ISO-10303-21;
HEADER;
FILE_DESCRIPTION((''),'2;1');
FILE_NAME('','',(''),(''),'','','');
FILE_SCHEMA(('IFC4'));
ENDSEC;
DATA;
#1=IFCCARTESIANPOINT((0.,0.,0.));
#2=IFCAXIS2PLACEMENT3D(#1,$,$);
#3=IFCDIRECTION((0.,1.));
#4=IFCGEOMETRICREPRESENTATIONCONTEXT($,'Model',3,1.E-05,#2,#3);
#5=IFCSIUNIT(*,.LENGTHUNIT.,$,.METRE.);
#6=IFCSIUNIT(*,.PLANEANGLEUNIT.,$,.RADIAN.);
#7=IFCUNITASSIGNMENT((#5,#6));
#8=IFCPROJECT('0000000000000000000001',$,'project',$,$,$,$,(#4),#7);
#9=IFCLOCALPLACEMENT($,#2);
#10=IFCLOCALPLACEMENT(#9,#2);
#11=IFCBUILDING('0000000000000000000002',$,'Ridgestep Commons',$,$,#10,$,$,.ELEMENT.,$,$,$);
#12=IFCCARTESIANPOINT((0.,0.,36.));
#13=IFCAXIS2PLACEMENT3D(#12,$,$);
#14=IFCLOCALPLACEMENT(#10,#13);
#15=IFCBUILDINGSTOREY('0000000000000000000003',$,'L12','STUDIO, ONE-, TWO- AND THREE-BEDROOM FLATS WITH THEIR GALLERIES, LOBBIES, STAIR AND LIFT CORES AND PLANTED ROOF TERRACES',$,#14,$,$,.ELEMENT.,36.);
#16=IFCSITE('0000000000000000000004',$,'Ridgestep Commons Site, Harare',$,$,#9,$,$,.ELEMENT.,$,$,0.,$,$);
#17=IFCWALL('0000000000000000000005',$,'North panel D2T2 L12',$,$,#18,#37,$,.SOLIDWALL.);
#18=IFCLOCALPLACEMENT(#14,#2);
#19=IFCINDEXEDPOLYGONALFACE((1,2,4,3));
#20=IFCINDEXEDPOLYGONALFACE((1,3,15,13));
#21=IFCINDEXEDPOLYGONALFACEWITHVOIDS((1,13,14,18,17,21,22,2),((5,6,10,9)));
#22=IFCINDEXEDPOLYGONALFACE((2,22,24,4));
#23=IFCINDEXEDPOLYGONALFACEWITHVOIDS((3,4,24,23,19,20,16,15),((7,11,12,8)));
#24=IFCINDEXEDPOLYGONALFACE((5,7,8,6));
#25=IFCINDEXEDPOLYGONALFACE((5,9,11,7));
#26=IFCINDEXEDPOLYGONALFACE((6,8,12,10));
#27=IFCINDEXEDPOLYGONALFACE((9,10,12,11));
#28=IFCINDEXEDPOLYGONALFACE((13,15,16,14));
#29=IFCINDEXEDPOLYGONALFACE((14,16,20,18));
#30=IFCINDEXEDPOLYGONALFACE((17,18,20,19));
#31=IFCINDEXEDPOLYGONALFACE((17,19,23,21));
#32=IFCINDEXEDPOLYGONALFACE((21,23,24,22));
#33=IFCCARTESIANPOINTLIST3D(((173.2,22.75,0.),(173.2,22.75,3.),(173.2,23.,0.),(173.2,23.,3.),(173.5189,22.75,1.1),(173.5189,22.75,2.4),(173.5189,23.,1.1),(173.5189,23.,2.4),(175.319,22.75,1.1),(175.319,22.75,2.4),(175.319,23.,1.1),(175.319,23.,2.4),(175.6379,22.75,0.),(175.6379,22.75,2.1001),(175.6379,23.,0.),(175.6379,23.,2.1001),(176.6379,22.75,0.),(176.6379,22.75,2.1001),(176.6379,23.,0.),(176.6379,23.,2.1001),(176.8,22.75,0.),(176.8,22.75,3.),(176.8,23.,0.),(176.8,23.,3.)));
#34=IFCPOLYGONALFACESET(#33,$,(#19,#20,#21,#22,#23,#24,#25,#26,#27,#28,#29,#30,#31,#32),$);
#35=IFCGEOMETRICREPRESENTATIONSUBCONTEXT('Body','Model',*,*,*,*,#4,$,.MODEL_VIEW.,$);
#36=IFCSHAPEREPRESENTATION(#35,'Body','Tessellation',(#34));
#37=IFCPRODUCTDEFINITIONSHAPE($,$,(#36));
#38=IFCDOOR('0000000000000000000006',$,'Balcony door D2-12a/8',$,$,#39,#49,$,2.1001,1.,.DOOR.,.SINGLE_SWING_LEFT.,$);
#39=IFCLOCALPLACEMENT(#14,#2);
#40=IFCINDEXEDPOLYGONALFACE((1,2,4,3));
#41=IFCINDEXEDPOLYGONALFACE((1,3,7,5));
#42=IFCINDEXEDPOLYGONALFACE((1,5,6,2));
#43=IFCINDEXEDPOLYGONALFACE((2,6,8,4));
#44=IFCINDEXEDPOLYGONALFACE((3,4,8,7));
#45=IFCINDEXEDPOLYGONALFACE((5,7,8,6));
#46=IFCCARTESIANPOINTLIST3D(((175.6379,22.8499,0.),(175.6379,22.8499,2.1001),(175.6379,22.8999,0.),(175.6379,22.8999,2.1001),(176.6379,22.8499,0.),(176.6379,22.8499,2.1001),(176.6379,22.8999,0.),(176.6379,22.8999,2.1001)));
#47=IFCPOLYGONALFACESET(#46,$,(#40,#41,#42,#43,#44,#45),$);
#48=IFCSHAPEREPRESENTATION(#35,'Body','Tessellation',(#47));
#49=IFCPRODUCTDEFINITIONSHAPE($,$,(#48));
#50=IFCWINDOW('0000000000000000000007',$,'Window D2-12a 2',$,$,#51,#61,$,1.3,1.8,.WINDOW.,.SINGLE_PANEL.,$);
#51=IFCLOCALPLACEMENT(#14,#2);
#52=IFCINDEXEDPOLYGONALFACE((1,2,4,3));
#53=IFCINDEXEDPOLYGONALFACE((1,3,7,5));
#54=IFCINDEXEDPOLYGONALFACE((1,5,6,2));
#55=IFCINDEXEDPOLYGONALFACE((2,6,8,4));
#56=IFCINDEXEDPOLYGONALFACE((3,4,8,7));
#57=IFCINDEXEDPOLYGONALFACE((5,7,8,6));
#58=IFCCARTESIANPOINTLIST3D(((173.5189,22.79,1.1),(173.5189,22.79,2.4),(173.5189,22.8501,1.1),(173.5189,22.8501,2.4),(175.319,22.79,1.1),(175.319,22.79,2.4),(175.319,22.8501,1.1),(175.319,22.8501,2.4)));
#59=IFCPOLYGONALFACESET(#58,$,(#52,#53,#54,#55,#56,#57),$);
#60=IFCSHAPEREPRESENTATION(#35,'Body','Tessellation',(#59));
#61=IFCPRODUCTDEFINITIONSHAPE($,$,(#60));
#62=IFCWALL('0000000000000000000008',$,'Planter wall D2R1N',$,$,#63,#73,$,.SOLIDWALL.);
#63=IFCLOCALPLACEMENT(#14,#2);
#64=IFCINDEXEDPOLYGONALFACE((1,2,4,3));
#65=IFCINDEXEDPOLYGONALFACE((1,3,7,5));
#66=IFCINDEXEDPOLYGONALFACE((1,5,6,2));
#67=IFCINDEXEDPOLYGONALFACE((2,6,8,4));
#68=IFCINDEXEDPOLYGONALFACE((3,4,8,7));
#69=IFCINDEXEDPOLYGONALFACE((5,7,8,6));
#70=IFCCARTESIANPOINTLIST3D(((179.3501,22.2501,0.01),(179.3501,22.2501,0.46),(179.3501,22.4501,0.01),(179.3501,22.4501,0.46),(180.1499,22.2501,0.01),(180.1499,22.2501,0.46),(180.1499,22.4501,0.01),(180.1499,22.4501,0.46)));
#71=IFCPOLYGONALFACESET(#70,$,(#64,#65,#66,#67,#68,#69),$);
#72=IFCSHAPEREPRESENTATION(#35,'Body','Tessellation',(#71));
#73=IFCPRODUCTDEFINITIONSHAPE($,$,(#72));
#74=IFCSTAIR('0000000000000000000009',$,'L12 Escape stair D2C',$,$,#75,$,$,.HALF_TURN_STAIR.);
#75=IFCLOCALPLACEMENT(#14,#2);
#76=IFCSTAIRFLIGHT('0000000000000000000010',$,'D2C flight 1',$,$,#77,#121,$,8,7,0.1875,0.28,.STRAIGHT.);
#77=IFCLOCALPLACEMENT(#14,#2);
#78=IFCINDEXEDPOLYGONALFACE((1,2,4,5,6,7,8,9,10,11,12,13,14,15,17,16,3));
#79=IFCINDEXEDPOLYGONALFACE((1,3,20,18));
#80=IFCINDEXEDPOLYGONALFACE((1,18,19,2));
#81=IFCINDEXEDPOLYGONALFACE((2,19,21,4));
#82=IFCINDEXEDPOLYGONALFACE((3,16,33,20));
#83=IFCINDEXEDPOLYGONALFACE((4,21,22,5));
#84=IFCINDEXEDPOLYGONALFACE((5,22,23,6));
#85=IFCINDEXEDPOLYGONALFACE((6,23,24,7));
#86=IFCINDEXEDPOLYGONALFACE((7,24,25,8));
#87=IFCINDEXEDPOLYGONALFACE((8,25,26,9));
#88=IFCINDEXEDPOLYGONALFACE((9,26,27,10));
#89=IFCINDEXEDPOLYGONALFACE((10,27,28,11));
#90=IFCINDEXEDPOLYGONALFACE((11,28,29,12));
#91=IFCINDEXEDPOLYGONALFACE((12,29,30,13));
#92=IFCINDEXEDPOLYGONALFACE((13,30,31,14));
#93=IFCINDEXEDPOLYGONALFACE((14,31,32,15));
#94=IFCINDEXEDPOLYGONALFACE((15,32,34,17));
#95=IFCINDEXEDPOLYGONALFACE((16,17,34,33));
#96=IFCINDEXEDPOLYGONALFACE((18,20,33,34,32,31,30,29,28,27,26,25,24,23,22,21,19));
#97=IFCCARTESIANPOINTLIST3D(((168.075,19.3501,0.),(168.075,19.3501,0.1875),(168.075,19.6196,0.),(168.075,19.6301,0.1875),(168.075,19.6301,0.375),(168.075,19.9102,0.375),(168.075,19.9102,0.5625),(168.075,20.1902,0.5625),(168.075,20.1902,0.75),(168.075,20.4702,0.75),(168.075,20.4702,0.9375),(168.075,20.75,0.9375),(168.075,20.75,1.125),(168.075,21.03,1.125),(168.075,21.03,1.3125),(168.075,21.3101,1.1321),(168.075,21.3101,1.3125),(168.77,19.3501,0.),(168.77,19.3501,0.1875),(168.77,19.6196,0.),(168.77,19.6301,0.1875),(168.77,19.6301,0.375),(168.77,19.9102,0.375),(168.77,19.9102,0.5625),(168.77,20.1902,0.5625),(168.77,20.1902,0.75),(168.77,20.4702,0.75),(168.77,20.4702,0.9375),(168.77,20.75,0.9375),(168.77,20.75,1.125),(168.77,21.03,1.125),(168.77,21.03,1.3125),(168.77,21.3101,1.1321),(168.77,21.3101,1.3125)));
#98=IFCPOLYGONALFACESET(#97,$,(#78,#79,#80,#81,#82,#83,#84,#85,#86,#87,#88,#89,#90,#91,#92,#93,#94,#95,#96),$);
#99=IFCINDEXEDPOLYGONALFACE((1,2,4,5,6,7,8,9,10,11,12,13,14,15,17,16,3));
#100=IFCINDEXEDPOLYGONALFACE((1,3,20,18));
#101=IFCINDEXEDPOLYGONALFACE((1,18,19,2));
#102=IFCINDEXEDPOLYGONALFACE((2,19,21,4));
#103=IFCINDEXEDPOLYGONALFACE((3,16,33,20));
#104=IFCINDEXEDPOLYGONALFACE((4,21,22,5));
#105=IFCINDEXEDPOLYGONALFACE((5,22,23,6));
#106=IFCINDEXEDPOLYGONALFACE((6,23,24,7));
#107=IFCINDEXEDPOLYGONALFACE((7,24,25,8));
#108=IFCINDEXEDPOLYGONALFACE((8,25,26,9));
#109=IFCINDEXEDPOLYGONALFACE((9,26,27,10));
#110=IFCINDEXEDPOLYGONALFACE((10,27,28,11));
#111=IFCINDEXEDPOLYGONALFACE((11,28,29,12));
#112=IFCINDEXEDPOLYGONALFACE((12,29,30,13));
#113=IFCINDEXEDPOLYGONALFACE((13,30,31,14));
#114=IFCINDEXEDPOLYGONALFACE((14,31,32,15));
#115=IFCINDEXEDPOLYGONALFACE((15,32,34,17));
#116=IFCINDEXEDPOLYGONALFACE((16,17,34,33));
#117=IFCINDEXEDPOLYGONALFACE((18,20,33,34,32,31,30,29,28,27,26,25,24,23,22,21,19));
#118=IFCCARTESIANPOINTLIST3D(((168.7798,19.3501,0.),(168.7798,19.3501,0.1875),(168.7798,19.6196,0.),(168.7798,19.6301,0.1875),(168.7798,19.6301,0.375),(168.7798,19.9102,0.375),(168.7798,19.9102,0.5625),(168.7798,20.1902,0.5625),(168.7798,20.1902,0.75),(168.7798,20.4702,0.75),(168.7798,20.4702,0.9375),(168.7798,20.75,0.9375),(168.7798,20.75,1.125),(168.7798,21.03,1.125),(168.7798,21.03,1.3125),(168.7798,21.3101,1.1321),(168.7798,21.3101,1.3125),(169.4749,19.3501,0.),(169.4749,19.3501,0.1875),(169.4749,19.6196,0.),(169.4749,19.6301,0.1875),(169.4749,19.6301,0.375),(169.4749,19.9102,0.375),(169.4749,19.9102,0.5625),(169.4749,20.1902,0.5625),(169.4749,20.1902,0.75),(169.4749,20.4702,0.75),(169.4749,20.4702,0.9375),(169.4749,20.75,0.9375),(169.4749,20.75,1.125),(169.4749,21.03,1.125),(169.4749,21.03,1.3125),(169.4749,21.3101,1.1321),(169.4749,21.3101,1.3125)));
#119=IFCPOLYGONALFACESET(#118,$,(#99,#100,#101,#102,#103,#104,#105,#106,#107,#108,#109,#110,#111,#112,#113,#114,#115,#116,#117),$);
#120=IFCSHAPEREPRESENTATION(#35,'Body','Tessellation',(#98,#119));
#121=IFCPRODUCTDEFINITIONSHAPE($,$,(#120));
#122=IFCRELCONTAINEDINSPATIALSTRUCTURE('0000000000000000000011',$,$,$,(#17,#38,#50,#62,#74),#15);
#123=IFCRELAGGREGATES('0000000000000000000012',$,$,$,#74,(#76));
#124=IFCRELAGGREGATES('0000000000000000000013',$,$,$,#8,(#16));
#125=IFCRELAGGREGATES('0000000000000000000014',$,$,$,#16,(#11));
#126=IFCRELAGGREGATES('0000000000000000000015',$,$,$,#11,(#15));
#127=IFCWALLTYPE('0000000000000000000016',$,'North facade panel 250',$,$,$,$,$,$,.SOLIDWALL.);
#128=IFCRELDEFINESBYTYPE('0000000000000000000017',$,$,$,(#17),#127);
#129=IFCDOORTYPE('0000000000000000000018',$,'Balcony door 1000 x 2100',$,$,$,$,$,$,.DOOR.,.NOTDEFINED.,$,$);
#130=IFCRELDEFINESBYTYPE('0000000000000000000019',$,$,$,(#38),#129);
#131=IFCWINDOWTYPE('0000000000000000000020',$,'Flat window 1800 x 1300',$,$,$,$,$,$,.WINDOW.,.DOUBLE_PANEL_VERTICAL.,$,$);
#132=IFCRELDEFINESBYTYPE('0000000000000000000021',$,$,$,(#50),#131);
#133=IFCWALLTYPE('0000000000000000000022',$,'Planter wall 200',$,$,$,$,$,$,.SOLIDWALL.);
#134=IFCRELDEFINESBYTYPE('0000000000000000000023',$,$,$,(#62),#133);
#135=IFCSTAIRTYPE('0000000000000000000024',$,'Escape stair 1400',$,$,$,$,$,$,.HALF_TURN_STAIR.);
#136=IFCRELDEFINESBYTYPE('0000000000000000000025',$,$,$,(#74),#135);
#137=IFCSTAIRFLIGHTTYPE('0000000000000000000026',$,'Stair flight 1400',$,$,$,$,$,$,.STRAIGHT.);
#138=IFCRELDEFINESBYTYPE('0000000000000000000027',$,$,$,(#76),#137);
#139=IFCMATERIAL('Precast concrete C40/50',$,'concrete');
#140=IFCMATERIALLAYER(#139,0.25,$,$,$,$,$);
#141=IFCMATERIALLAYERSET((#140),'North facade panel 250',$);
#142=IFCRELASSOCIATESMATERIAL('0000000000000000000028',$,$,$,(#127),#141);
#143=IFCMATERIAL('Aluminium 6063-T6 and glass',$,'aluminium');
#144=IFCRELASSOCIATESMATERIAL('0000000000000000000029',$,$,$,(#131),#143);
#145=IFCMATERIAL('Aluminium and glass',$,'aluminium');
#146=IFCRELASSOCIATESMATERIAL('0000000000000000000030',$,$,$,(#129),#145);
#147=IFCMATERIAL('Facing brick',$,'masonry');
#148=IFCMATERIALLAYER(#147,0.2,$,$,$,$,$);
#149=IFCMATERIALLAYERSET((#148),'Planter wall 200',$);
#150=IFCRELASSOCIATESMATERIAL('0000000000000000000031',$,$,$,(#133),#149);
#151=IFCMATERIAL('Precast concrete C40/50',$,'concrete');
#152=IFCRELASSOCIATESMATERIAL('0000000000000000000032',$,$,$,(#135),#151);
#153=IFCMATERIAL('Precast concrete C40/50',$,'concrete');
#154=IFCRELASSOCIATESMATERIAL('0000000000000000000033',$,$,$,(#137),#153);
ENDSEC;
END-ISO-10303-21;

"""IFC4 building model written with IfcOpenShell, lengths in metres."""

from ifc_helpers import new_model, si_unit, direction, frame, frame_2d, origin, place, context, subcontext, project, spatial, polyline, rectangle, outline, extrude, material, layer, layer_set, type_object, element, fill, aggregate, save


model = new_model("IFC4")

# Units and contexts
model_context = context("Model", 3, precision=1e-05, world=origin(), true_north=direction((0.0, 1.0)))
body_context = subcontext(model_context, "Body", "Model", "MODEL_VIEW")
ifc_project = project(units=[si_unit("LENGTHUNIT", "METRE"), si_unit("PLANEANGLEUNIT", "RADIAN")], contexts=[model_context])

# Site, building, storey
site_placement = place(None, origin())
site = spatial("IfcSite", under=ifc_project, at=site_placement, Name="Ridgestep Commons Site, Harare", CompositionType="ELEMENT", RefElevation=0.0)
building_placement = place(site_placement, origin())
building = spatial("IfcBuilding", under=site, at=building_placement, Name="Ridgestep Commons", CompositionType="ELEMENT")
storey_placement = place(building_placement, frame((0.0, 0.0, 36.0)))
storey = spatial("IfcBuildingStorey", under=building, at=storey_placement, Name="L12", Description="STUDIO, ONE-, TWO- AND THREE-BEDROOM FLATS WITH THEIR GALLERIES, LOBBIES, STAIR AND LIFT CORES AND PLANTED ROOF TERRACES", CompositionType="ELEMENT", Elevation=36.0)

# Shared definitions
ifc_material_1 = material(Name="Precast concrete C40/50", Category="concrete")
ifc_layer_1 = layer(ifc_material_1, 0.25)
ifc_layer_set_1 = layer_set([ifc_layer_1], Name="North facade panel 250")
wall_type_1 = type_object("IfcWallType", Name="North facade panel 250", PredefinedType="SOLIDWALL", material=ifc_layer_set_1)

# Shared definitions
ifc_material_2 = material(Name="Aluminium 6063-T6 and glass", Category="aluminium")
window_type = type_object("IfcWindowType", Name="Flat window 1800 x 1300", PartitioningType="DOUBLE_PANEL_VERTICAL", PredefinedType="WINDOW", material=ifc_material_2)

# Wall, openings, door, window
wall_1_placement = place(storey_placement, frame((173.2, 22.875, 0.0), z_axis=(0.0, 0.0, 1.0), x_axis=(1.0, 0.0, 0.0)))
wall_1 = element("IfcWall", 1, at=wall_1_placement, inside=storey, type_object=wall_type_1, Name="North panel D2T2 L12", PredefinedType="SOLIDWALL", context=body_context, shape_type="SweptSolid", body=[
    extrude(rectangle(XDim=3.6001, YDim=0.25, at=frame_2d((1.8, 0.0))), origin(), (0.0, 0.0, 1.0), 3.0),
])
opening_1_placement = place(wall_1_placement, frame((0.3191, 0.0, 1.1001)))
opening_1 = element("IfcOpeningElement", 2, at=opening_1_placement, cuts=wall_1, PredefinedType="OPENING", context=body_context, shape_type="SweptSolid", body=[
    extrude(rectangle(XDim=1.8, YDim=1.3, at=frame_2d((0.8999, 0.6499))), frame((0.0, 0.135, 0.0), z_axis=(0.0, -1.0, 0.0), x_axis=(1.0, 0.0, 0.0)), (0.0, 0.0, 1.0), 0.27),
])
opening_2_placement = place(wall_1_placement, frame((2.438, 0.0, 0.0)))
opening_2 = element("IfcOpeningElement", 3, at=opening_2_placement, cuts=wall_1, PredefinedType="OPENING", context=body_context, shape_type="SweptSolid", body=[
    extrude(rectangle(XDim=1.0, YDim=2.1001, at=frame_2d((0.5, 1.05))), frame((0.0, 0.135, 0.0), z_axis=(0.0, -1.0, 0.0), x_axis=(1.0, 0.0, 0.0)), (0.0, 0.0, 1.0), 0.27),
])
ifc_material_3 = material(Name="Aluminium and glass", Category="aluminium")
door_type_1 = type_object("IfcDoorType", Name="Balcony door 1000 x 2100", OperationType="NOTDEFINED", PredefinedType="DOOR", material=ifc_material_3)
door_1_placement = place(opening_2_placement, origin())
door_1 = element("IfcDoor", 4, at=door_1_placement, inside=storey, type_object=door_type_1, Name="Balcony door D2-12a/8", OperationType="SINGLE_SWING_LEFT", OverallHeight=2.1001, OverallWidth=1.0, PredefinedType="DOOR", context=body_context, shape_type="SweptSolid", body=[
    extrude(rectangle(XDim=1.0, YDim=2.1001, at=frame_2d((0.5, 1.05))), frame((0.0, 0.0249, 0.0), z_axis=(0.0, -1.0, 0.0), x_axis=(1.0, 0.0, 0.0)), (0.0, 0.0, 1.0), 0.05),
])
fill(opening_2, door_1)
window_1_placement = place(opening_1_placement, origin())
window_1 = element("IfcWindow", 5, at=window_1_placement, inside=storey, type_object=window_type, Name="Window D2-12a 2", OverallHeight=1.3, OverallWidth=1.8, PartitioningType="SINGLE_PANEL", PredefinedType="WINDOW", context=body_context, shape_type="SweptSolid", body=[
    extrude(rectangle(XDim=1.8, YDim=1.3, at=frame_2d((0.8999, 0.6499))), frame((0.0, -0.0249, 0.0), z_axis=(0.0, -1.0, 0.0), x_axis=(1.0, 0.0, 0.0)), (0.0, 0.0, 1.0), 0.0601),
])
fill(opening_1, window_1)

# Wall
ifc_material_4 = material(Name="Facing brick", Category="masonry")
ifc_layer_2 = layer(ifc_material_4, 0.2)
ifc_layer_set_2 = layer_set([ifc_layer_2], Name="Planter wall 200")
wall_type_2 = type_object("IfcWallType", Name="Planter wall 200", PredefinedType="SOLIDWALL", material=ifc_layer_set_2)
wall_2_placement = place(storey_placement, frame((179.3501, 22.3501, 0.01), z_axis=(0.0, 0.0, 1.0), x_axis=(1.0, 0.0, 0.0)))
element("IfcWall", 6, at=wall_2_placement, inside=storey, type_object=wall_type_2, Name="Planter wall D2R1N", PredefinedType="SOLIDWALL", context=body_context, shape_type="SweptSolid", body=[
    extrude(rectangle(XDim=0.7998, YDim=0.2, at=frame_2d((0.3999, 0.0))), origin(), (0.0, 0.0, 1.0), 0.45),
])

# Stair, stair flight
ifc_material_5 = material(Name="Precast concrete C40/50", Category="concrete")
stair_type = type_object("IfcStairType", Name="Escape stair 1400", PredefinedType="HALF_TURN_STAIR", material=ifc_material_5)
stair_placement = place(storey_placement, origin())
stair = element("IfcStair", 7, at=stair_placement, inside=storey, type_object=stair_type, Name="L12 Escape stair D2C", PredefinedType="HALF_TURN_STAIR")
ifc_material_6 = material(Name="Precast concrete C40/50", Category="concrete")
stair_flight_type = type_object("IfcStairFlightType", Name="Stair flight 1400", PredefinedType="STRAIGHT", material=ifc_material_6)
stair_flight_placement = place(storey_placement, frame((168.7749, 19.3501, 0.0), z_axis=(0.0, 0.0, 1.0), x_axis=(0.0, 1.0, 0.0)))
stair_flight = element("IfcStairFlight", 8, at=stair_flight_placement, type_object=stair_flight_type, Name="D2C flight 1", NumberOfRisers=8, NumberOfTreads=7, PredefinedType="STRAIGHT", RiserHeight=0.1875, TreadLength=0.28, context=body_context, shape_type="SweptSolid", body=[
    extrude(outline(polyline([(0.0, 0.0), (0.0, 0.1875), (0.28, 0.1875), (0.28, 0.375), (0.5601, 0.375), (0.5601, 0.5625), (0.8401, 0.5625), (0.8401, 0.75), (1.1201, 0.75), (1.1201, 0.9375), (1.3999, 0.9375), (1.3999, 1.125), (1.6799, 1.125), (1.6799, 1.3125), (1.96, 1.3125), (1.96, 1.5), (1.96, 1.1321), (0.2695, 0.0), (0.0, 0.0)])), frame((0.0, 0.7, 0.0), z_axis=(0.0, -1.0, 0.0), x_axis=(1.0, 0.0, 0.0)), (0.0, 0.0, 1.0), 0.6951),
    extrude(outline(polyline([(0.0, 0.0), (0.0, 0.1875), (0.28, 0.1875), (0.28, 0.375), (0.5601, 0.375), (0.5601, 0.5625), (0.8401, 0.5625), (0.8401, 0.75), (1.1201, 0.75), (1.1201, 0.9375), (1.3999, 0.9375), (1.3999, 1.125), (1.6799, 1.125), (1.6799, 1.3125), (1.96, 1.3125), (1.96, 1.5), (1.96, 1.1321), (0.2695, 0.0), (0.0, 0.0)])), frame((0.0, -0.0049, 0.0), z_axis=(0.0, -1.0, 0.0), x_axis=(1.0, 0.0, 0.0)), (0.0, 0.0, 1.0), 0.6951),
])
aggregate(stair, [stair_flight])

save(model, "model.ifc")
